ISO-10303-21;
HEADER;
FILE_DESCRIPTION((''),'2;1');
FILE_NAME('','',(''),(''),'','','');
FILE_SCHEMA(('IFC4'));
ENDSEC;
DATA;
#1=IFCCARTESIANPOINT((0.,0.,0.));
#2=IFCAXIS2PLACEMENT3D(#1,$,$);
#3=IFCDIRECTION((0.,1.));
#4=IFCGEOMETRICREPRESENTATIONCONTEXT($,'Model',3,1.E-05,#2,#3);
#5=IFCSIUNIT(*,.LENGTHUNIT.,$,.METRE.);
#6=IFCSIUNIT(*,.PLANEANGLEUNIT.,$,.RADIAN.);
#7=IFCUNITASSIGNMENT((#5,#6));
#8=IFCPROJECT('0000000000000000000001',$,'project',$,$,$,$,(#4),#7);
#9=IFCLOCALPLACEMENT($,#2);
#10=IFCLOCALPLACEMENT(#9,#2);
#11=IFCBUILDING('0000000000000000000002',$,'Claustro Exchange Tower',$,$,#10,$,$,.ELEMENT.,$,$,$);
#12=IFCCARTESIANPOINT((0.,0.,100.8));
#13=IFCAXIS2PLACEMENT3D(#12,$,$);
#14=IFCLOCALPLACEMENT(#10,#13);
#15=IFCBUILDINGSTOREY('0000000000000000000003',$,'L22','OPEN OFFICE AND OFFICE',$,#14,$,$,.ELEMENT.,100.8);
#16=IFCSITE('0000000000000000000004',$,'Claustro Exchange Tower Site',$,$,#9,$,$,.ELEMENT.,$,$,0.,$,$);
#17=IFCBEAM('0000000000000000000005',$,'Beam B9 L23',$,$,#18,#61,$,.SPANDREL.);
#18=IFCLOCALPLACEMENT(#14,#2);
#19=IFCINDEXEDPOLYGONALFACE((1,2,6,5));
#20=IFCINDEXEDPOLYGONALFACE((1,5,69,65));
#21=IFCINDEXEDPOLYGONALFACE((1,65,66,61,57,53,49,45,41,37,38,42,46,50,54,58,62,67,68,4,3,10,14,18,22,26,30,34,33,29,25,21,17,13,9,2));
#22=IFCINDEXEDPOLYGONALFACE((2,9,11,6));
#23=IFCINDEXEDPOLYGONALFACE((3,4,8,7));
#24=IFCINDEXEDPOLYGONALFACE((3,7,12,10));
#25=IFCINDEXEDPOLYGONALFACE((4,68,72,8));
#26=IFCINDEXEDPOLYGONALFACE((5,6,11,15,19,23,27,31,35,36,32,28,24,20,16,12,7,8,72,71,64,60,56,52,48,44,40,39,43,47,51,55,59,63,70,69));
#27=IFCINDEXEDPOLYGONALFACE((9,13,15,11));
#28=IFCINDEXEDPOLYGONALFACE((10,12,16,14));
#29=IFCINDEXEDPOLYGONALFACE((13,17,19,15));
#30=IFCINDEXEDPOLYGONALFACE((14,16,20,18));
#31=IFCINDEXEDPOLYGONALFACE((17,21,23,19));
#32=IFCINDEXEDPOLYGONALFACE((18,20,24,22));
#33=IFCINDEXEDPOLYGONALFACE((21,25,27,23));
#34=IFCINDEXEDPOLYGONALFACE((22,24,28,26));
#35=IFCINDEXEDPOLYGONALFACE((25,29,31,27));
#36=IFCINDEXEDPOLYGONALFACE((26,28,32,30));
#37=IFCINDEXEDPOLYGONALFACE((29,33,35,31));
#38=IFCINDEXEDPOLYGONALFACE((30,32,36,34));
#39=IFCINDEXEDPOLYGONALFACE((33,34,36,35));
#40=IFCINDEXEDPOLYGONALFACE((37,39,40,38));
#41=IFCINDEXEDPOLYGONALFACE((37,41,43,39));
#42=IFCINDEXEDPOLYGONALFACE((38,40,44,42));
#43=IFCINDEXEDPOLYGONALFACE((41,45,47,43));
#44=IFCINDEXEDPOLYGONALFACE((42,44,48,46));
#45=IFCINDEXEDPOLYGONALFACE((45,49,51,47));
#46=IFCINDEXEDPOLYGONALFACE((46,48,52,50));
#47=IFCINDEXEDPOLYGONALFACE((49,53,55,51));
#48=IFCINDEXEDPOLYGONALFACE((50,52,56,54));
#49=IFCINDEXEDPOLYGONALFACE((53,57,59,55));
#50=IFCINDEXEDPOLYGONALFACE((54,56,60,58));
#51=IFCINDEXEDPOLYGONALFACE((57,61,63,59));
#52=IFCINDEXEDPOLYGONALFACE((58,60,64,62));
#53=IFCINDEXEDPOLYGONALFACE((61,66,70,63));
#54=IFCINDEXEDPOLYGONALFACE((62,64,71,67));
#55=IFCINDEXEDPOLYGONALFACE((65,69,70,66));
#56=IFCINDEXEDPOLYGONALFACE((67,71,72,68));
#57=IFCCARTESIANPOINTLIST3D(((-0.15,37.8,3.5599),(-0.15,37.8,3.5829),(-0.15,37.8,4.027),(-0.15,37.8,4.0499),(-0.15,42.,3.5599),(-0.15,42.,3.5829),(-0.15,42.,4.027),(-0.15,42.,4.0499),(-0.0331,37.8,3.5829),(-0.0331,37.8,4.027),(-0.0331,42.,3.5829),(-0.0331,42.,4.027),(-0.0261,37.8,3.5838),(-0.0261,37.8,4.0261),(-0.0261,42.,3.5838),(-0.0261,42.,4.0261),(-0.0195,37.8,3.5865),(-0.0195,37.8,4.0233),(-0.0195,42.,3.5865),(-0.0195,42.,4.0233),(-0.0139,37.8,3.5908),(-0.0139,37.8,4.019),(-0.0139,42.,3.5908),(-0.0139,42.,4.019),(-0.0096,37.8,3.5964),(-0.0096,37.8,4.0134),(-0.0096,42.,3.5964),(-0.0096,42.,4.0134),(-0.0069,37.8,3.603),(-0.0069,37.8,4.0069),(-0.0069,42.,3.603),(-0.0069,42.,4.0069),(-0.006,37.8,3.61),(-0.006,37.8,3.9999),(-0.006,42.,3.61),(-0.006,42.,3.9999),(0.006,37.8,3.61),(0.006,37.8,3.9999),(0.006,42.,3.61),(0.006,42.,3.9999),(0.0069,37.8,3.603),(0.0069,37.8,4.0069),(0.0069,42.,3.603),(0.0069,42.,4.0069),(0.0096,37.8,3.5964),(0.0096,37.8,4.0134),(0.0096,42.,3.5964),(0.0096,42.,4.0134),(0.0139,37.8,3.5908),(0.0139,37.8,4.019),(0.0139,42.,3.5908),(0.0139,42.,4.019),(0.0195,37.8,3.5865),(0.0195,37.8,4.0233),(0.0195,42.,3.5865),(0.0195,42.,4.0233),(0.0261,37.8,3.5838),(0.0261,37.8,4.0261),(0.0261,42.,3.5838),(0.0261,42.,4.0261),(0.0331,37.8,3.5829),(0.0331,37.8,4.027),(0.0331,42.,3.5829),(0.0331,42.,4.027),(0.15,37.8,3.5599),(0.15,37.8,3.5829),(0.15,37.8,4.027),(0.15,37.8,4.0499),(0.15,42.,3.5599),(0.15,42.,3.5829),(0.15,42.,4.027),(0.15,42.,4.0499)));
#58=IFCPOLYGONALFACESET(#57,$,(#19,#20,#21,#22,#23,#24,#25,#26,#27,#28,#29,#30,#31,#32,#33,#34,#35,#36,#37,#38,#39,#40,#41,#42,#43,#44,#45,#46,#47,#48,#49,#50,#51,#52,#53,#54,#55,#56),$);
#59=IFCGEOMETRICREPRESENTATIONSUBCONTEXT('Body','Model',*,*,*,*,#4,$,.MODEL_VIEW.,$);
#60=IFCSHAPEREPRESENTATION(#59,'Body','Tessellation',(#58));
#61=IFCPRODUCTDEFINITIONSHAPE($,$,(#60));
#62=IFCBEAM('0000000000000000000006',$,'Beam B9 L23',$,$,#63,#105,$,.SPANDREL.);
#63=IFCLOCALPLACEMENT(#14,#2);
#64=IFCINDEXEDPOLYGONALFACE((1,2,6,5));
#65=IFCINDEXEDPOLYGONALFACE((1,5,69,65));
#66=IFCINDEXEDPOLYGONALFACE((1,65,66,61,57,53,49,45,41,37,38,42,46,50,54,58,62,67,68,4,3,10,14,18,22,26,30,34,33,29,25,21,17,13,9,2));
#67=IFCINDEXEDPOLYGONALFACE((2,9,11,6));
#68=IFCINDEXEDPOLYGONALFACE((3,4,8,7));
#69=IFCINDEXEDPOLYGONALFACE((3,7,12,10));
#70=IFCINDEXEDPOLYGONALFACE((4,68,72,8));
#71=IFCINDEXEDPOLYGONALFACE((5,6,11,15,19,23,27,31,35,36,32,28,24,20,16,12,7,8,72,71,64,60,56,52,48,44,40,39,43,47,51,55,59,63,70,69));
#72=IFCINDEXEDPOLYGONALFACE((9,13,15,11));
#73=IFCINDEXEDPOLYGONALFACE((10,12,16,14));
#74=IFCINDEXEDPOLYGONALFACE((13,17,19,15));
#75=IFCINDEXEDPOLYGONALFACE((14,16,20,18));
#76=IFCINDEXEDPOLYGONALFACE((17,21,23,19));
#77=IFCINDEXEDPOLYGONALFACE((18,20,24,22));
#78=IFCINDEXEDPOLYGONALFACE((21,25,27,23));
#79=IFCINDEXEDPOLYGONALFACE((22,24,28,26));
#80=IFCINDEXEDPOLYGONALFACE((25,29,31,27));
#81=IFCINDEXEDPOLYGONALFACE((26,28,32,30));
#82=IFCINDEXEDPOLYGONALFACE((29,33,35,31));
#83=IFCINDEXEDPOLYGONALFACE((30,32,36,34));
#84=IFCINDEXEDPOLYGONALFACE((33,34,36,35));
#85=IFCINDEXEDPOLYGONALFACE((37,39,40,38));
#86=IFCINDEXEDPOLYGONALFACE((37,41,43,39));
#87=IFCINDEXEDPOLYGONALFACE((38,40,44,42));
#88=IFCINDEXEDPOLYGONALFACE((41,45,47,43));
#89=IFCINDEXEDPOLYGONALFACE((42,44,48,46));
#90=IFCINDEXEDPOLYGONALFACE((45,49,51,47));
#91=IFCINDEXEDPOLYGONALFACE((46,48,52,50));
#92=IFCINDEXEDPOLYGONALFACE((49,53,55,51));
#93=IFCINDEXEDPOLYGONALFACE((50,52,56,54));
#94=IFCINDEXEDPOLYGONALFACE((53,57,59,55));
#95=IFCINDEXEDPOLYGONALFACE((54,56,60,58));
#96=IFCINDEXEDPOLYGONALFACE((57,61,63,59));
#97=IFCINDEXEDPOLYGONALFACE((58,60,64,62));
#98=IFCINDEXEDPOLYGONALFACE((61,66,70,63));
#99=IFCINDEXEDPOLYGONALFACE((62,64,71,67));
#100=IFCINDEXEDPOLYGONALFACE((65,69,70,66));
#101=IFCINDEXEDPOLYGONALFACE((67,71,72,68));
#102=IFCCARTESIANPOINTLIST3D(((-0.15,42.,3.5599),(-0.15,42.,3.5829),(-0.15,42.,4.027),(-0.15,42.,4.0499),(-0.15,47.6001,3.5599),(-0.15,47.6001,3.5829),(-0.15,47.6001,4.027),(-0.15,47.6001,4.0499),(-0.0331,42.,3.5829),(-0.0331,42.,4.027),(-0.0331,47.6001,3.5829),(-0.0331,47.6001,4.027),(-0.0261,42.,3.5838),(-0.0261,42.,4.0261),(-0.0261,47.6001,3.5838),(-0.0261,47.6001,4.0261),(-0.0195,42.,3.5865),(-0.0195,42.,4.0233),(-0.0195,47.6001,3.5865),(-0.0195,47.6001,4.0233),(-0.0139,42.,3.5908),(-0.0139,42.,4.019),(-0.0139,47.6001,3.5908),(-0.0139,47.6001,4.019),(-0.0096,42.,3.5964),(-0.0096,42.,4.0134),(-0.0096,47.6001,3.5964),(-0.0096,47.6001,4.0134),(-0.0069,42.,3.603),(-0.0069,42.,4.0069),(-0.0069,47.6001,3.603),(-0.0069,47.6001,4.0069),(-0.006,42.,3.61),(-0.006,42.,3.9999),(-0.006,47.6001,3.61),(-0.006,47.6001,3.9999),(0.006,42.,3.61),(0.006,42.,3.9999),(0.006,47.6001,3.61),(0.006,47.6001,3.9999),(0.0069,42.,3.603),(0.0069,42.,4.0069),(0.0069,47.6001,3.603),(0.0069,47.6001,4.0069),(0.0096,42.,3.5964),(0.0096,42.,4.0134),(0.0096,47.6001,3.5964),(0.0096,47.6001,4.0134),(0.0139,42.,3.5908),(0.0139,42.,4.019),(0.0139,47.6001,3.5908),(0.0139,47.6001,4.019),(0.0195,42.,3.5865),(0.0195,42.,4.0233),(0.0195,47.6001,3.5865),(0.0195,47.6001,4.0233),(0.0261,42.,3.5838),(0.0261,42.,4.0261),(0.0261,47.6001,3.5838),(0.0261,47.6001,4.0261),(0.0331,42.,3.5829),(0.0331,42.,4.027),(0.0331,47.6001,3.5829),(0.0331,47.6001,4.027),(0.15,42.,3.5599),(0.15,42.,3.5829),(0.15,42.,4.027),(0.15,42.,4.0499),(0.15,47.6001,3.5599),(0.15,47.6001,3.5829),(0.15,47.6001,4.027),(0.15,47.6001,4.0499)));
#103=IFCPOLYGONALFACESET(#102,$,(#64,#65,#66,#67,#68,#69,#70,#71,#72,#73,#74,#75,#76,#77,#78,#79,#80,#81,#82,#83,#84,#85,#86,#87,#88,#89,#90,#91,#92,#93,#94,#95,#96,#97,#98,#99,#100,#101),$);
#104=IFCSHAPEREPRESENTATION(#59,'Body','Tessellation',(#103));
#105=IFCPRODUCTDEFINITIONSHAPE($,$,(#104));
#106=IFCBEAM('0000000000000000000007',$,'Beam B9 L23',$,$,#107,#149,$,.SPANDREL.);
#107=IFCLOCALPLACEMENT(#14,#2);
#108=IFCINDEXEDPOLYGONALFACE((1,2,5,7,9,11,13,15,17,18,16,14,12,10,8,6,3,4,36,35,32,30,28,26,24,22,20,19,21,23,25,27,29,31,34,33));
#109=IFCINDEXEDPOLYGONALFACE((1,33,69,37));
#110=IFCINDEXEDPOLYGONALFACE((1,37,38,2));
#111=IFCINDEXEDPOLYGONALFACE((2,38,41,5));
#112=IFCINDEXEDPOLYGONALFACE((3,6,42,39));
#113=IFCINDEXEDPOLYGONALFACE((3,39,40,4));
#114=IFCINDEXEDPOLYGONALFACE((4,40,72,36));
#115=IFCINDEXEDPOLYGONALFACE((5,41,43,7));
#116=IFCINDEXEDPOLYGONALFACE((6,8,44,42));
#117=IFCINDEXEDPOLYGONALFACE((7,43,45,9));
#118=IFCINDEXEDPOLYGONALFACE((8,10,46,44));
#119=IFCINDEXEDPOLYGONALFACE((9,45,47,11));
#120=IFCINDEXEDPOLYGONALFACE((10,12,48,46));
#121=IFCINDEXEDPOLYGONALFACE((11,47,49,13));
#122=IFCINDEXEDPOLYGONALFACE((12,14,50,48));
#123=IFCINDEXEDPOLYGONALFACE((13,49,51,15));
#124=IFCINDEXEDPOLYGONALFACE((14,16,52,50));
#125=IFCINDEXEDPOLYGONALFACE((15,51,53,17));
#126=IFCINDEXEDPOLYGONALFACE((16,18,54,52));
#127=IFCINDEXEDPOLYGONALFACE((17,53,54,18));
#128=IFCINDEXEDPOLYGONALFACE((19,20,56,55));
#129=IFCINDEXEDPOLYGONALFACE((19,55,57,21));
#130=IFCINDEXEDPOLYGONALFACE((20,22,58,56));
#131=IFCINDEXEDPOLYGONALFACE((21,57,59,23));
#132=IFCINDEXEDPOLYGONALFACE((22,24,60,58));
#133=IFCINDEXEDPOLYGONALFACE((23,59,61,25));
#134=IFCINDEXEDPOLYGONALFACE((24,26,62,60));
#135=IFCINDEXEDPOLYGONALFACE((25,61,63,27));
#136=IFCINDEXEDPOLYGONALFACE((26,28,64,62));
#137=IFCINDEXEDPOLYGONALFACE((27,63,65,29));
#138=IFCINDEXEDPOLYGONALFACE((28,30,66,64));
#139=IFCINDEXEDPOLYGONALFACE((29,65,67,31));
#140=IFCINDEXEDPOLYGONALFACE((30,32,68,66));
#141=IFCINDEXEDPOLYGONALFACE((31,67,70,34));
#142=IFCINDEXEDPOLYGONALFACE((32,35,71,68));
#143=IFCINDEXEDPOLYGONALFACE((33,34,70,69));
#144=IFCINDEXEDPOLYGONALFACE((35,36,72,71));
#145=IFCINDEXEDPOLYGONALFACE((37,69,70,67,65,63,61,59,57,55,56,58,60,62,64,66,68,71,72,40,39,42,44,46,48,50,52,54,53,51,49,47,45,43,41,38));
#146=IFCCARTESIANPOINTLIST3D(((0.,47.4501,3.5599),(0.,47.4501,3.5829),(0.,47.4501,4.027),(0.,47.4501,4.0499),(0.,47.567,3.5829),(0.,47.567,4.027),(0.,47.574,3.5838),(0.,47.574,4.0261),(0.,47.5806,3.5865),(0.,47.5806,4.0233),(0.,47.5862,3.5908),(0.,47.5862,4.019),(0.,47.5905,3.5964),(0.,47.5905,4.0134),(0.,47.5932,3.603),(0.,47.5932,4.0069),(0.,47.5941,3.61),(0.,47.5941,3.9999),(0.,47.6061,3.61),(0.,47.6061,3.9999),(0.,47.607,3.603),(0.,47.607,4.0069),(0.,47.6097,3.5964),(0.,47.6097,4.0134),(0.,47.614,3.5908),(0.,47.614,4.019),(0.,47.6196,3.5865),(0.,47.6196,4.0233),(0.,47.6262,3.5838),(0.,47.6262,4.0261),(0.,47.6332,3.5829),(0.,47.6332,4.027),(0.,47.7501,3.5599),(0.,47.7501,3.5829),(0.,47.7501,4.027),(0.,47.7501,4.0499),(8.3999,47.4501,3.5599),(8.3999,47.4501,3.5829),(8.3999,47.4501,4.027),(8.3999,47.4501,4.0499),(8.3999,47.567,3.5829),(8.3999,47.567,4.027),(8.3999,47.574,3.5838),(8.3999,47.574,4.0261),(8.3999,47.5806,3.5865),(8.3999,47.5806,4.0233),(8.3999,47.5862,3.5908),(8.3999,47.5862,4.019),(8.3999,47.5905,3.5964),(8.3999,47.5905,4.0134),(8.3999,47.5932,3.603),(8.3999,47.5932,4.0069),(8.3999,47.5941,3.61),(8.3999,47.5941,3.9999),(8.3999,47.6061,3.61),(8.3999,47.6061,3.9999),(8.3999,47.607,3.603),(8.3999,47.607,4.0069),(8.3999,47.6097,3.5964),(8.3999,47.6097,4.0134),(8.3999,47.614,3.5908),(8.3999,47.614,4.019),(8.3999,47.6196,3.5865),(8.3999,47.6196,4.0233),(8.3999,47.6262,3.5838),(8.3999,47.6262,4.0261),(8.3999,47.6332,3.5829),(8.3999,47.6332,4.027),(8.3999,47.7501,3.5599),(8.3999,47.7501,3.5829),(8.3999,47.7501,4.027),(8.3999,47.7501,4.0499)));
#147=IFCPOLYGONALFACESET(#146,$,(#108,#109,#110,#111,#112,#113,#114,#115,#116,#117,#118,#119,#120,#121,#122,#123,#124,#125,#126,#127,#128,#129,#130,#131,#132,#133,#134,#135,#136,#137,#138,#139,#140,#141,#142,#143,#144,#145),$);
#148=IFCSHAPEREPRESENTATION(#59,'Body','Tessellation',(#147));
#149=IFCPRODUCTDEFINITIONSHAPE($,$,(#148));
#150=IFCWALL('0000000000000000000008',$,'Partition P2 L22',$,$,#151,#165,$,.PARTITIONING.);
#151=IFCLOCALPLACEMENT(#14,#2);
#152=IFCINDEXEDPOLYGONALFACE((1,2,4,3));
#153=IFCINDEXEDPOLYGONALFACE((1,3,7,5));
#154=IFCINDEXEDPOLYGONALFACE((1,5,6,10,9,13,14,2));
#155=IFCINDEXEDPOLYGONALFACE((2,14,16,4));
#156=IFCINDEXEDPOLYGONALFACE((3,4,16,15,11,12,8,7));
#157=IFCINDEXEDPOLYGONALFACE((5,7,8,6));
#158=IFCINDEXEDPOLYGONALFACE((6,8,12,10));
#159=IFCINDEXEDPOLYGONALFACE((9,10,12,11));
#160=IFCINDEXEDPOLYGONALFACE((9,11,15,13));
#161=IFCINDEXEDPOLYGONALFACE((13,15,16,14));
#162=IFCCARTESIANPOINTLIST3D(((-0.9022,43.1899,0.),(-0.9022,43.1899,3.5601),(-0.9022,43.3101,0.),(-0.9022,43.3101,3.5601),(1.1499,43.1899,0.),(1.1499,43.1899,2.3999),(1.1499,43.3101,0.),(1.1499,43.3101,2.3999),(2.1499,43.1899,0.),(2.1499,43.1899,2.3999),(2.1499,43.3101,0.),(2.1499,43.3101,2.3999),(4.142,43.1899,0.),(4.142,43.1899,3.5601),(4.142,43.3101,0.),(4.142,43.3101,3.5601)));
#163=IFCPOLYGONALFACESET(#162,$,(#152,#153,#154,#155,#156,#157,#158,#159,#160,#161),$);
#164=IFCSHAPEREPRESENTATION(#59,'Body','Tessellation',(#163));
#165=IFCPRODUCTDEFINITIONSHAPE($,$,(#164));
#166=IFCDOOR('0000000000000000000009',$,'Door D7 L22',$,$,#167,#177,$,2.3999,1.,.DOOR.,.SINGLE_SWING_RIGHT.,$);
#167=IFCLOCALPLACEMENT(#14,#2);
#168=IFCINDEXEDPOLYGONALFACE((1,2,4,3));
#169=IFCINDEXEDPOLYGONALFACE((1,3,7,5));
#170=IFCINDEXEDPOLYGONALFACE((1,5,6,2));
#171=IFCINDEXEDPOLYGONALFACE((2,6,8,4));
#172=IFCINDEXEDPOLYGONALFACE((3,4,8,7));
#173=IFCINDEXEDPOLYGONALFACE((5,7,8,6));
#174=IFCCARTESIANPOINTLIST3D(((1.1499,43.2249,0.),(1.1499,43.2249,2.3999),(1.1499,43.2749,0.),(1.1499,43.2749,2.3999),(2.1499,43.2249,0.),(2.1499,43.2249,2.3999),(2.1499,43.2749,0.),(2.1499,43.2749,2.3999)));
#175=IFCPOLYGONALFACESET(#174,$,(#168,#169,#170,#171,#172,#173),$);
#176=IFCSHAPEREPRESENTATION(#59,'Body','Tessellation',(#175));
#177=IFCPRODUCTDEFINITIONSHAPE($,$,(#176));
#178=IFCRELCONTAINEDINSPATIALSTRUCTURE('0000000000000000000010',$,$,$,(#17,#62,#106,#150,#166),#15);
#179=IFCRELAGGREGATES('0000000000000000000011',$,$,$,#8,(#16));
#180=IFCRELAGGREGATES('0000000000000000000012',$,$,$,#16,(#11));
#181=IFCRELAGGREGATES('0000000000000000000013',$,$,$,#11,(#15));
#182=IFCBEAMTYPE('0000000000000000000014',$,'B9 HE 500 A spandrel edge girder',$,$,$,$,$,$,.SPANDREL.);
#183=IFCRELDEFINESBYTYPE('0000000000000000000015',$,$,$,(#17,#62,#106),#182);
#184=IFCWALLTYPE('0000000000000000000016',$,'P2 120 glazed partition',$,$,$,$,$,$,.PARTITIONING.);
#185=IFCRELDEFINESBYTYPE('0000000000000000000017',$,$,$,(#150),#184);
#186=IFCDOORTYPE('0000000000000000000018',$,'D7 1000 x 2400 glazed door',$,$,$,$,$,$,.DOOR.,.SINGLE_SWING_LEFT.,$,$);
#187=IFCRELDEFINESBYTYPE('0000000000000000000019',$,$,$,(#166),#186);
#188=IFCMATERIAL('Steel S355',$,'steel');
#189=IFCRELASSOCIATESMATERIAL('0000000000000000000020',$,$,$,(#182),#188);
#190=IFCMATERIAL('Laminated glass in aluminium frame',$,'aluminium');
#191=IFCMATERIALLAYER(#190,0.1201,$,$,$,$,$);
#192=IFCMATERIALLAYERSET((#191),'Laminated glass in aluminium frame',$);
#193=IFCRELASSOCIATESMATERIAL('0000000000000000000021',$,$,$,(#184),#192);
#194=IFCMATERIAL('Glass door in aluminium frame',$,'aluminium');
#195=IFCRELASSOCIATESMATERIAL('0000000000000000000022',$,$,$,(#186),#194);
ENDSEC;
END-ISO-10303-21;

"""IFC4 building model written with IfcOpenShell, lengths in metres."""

from ifc_helpers import new_model, si_unit, direction, frame, frame_2d, origin, origin_2d, place, context, subcontext, project, spatial, rectangle, i_section, extrude, material, layer, layer_set, material_profile, profile_set, type_object, element, fill, save


model = new_model("IFC4")

# Units and contexts
model_context = context("Model", 3, precision=1e-05, world=origin(), true_north=direction((0.0, 1.0)))
body_context = subcontext(model_context, "Body", "Model", "MODEL_VIEW")
ifc_project = project(units=[si_unit("LENGTHUNIT", "METRE"), si_unit("PLANEANGLEUNIT", "RADIAN")], contexts=[model_context])

# Site, building, storey
site_placement = place(None, origin())
site = spatial("IfcSite", under=ifc_project, at=site_placement, Name="Claustro Exchange Tower Site", CompositionType="ELEMENT", RefElevation=0.0)
building_placement = place(site_placement, origin())
building = spatial("IfcBuilding", under=site, at=building_placement, Name="Claustro Exchange Tower", CompositionType="ELEMENT")
storey_placement = place(building_placement, frame((0.0, 0.0, 100.8)))
storey = spatial("IfcBuildingStorey", under=building, at=storey_placement, Name="L22", Description="OPEN OFFICE AND OFFICE", CompositionType="ELEMENT", Elevation=100.8)

# Beams
ifc_material_1 = material(Name="Steel S355", Category="steel")
ifc_material_profile_1 = material_profile(ifc_material_1, i_section(OverallWidth=0.3, OverallDepth=0.49, WebThickness=0.012, FlangeThickness=0.0229, FilletRadius=0.0271, at=origin_2d()), Name="HE 500 A")
ifc_profile_set_1 = profile_set([ifc_material_profile_1], Name="Steel S355")
beam_type_1 = type_object("IfcBeamType", Name="B9 HE 500 A spandrel edge girder", PredefinedType="SPANDREL", material=ifc_profile_set_1)
beam_1_placement = place(storey_placement, frame((0.0, 37.8, 3.8049), z_axis=(0.0, 1.0, 0.0), x_axis=(-1.0, 0.0, 0.0)))
element("IfcBeam", 1, at=beam_1_placement, inside=storey, type_object=beam_type_1, Name="Beam B9 L23", PredefinedType="SPANDREL", context=body_context, shape_type="SweptSolid", body=[
    extrude(i_section(OverallWidth=0.3, OverallDepth=0.49, WebThickness=0.012, FlangeThickness=0.0229, FilletRadius=0.0271, at=origin_2d()), origin(), (0.0, 0.0, 1.0), 4.2),
])
beam_2_placement = place(storey_placement, frame((0.0, 42.0, 3.8049), z_axis=(0.0, 1.0, 0.0), x_axis=(-1.0, 0.0, 0.0)))
element("IfcBeam", 2, at=beam_2_placement, inside=storey, type_object=beam_type_1, Name="Beam B9 L23", PredefinedType="SPANDREL", context=body_context, shape_type="SweptSolid", body=[
    extrude(i_section(OverallWidth=0.3, OverallDepth=0.49, WebThickness=0.012, FlangeThickness=0.0229, FilletRadius=0.0271, at=origin_2d()), origin(), (0.0, 0.0, 1.0), 5.6001),
])
beam_3_placement = place(storey_placement, frame((0.0, 47.6001, 3.8049), z_axis=(1.0, 0.0, 0.0), x_axis=(0.0, 1.0, 0.0)))
element("IfcBeam", 3, at=beam_3_placement, inside=storey, type_object=beam_type_1, Name="Beam B9 L23", PredefinedType="SPANDREL", context=body_context, shape_type="SweptSolid", body=[
    extrude(i_section(OverallWidth=0.3, OverallDepth=0.49, WebThickness=0.012, FlangeThickness=0.0229, FilletRadius=0.0271, at=origin_2d()), origin(), (0.0, 0.0, 1.0), 8.3999),
])

# Wall, opening, door
ifc_material_2 = material(Name="Laminated glass in aluminium frame", Category="aluminium")
ifc_layer_1 = layer(ifc_material_2, 0.1201)
ifc_layer_set_1 = layer_set([ifc_layer_1], Name="Laminated glass in aluminium frame")
wall_type_1 = type_object("IfcWallType", Name="P2 120 glazed partition", PredefinedType="PARTITIONING", material=ifc_layer_set_1)
wall_1_placement = place(storey_placement, frame((-0.9021, 43.25, 0.0), z_axis=(0.0, 0.0, 1.0), x_axis=(1.0, 0.0, 0.0)))
wall_1 = element("IfcWall", 4, at=wall_1_placement, inside=storey, type_object=wall_type_1, Name="Partition P2 L22", PredefinedType="PARTITIONING", context=body_context, shape_type="SweptSolid", body=[
    extrude(rectangle(XDim=5.0442, YDim=0.1201, at=frame_2d((2.522, 0.0))), origin(), (0.0, 0.0, 1.0), 3.5601),
])
opening_1_placement = place(wall_1_placement, frame((2.052, 0.0, 0.0)))
opening_1 = element("IfcOpeningElement", 5, at=opening_1_placement, cuts=wall_1, PredefinedType="OPENING", context=body_context, shape_type="SweptSolid", body=[
    extrude(rectangle(XDim=1.0, YDim=2.3999, at=frame_2d((0.5, 1.2))), frame((0.0, 0.0701, 0.0), z_axis=(0.0, -1.0, 0.0), x_axis=(1.0, 0.0, 0.0)), (0.0, 0.0, 1.0), 0.1401),
])
ifc_material_3 = material(Name="Glass door in aluminium frame", Category="aluminium")
door_type = type_object("IfcDoorType", Name="D7 1000 x 2400 glazed door", OperationType="SINGLE_SWING_LEFT", PredefinedType="DOOR", material=ifc_material_3)
door_1_placement = place(opening_1_placement, origin())
door_1 = element("IfcDoor", 6, at=door_1_placement, inside=storey, type_object=door_type, Name="Door D7 L22", OperationType="SINGLE_SWING_RIGHT", OverallHeight=2.3999, OverallWidth=1.0, PredefinedType="DOOR", context=body_context, shape_type="SweptSolid", body=[
    extrude(rectangle(XDim=1.0, YDim=2.3999, at=frame_2d((0.5, 1.2))), frame((0.0, 0.0249, 0.0), z_axis=(0.0, -1.0, 0.0), x_axis=(1.0, 0.0, 0.0)), (0.0, 0.0, 1.0), 0.05),
])
fill(opening_1, door_1)

save(model, "model.ifc")
